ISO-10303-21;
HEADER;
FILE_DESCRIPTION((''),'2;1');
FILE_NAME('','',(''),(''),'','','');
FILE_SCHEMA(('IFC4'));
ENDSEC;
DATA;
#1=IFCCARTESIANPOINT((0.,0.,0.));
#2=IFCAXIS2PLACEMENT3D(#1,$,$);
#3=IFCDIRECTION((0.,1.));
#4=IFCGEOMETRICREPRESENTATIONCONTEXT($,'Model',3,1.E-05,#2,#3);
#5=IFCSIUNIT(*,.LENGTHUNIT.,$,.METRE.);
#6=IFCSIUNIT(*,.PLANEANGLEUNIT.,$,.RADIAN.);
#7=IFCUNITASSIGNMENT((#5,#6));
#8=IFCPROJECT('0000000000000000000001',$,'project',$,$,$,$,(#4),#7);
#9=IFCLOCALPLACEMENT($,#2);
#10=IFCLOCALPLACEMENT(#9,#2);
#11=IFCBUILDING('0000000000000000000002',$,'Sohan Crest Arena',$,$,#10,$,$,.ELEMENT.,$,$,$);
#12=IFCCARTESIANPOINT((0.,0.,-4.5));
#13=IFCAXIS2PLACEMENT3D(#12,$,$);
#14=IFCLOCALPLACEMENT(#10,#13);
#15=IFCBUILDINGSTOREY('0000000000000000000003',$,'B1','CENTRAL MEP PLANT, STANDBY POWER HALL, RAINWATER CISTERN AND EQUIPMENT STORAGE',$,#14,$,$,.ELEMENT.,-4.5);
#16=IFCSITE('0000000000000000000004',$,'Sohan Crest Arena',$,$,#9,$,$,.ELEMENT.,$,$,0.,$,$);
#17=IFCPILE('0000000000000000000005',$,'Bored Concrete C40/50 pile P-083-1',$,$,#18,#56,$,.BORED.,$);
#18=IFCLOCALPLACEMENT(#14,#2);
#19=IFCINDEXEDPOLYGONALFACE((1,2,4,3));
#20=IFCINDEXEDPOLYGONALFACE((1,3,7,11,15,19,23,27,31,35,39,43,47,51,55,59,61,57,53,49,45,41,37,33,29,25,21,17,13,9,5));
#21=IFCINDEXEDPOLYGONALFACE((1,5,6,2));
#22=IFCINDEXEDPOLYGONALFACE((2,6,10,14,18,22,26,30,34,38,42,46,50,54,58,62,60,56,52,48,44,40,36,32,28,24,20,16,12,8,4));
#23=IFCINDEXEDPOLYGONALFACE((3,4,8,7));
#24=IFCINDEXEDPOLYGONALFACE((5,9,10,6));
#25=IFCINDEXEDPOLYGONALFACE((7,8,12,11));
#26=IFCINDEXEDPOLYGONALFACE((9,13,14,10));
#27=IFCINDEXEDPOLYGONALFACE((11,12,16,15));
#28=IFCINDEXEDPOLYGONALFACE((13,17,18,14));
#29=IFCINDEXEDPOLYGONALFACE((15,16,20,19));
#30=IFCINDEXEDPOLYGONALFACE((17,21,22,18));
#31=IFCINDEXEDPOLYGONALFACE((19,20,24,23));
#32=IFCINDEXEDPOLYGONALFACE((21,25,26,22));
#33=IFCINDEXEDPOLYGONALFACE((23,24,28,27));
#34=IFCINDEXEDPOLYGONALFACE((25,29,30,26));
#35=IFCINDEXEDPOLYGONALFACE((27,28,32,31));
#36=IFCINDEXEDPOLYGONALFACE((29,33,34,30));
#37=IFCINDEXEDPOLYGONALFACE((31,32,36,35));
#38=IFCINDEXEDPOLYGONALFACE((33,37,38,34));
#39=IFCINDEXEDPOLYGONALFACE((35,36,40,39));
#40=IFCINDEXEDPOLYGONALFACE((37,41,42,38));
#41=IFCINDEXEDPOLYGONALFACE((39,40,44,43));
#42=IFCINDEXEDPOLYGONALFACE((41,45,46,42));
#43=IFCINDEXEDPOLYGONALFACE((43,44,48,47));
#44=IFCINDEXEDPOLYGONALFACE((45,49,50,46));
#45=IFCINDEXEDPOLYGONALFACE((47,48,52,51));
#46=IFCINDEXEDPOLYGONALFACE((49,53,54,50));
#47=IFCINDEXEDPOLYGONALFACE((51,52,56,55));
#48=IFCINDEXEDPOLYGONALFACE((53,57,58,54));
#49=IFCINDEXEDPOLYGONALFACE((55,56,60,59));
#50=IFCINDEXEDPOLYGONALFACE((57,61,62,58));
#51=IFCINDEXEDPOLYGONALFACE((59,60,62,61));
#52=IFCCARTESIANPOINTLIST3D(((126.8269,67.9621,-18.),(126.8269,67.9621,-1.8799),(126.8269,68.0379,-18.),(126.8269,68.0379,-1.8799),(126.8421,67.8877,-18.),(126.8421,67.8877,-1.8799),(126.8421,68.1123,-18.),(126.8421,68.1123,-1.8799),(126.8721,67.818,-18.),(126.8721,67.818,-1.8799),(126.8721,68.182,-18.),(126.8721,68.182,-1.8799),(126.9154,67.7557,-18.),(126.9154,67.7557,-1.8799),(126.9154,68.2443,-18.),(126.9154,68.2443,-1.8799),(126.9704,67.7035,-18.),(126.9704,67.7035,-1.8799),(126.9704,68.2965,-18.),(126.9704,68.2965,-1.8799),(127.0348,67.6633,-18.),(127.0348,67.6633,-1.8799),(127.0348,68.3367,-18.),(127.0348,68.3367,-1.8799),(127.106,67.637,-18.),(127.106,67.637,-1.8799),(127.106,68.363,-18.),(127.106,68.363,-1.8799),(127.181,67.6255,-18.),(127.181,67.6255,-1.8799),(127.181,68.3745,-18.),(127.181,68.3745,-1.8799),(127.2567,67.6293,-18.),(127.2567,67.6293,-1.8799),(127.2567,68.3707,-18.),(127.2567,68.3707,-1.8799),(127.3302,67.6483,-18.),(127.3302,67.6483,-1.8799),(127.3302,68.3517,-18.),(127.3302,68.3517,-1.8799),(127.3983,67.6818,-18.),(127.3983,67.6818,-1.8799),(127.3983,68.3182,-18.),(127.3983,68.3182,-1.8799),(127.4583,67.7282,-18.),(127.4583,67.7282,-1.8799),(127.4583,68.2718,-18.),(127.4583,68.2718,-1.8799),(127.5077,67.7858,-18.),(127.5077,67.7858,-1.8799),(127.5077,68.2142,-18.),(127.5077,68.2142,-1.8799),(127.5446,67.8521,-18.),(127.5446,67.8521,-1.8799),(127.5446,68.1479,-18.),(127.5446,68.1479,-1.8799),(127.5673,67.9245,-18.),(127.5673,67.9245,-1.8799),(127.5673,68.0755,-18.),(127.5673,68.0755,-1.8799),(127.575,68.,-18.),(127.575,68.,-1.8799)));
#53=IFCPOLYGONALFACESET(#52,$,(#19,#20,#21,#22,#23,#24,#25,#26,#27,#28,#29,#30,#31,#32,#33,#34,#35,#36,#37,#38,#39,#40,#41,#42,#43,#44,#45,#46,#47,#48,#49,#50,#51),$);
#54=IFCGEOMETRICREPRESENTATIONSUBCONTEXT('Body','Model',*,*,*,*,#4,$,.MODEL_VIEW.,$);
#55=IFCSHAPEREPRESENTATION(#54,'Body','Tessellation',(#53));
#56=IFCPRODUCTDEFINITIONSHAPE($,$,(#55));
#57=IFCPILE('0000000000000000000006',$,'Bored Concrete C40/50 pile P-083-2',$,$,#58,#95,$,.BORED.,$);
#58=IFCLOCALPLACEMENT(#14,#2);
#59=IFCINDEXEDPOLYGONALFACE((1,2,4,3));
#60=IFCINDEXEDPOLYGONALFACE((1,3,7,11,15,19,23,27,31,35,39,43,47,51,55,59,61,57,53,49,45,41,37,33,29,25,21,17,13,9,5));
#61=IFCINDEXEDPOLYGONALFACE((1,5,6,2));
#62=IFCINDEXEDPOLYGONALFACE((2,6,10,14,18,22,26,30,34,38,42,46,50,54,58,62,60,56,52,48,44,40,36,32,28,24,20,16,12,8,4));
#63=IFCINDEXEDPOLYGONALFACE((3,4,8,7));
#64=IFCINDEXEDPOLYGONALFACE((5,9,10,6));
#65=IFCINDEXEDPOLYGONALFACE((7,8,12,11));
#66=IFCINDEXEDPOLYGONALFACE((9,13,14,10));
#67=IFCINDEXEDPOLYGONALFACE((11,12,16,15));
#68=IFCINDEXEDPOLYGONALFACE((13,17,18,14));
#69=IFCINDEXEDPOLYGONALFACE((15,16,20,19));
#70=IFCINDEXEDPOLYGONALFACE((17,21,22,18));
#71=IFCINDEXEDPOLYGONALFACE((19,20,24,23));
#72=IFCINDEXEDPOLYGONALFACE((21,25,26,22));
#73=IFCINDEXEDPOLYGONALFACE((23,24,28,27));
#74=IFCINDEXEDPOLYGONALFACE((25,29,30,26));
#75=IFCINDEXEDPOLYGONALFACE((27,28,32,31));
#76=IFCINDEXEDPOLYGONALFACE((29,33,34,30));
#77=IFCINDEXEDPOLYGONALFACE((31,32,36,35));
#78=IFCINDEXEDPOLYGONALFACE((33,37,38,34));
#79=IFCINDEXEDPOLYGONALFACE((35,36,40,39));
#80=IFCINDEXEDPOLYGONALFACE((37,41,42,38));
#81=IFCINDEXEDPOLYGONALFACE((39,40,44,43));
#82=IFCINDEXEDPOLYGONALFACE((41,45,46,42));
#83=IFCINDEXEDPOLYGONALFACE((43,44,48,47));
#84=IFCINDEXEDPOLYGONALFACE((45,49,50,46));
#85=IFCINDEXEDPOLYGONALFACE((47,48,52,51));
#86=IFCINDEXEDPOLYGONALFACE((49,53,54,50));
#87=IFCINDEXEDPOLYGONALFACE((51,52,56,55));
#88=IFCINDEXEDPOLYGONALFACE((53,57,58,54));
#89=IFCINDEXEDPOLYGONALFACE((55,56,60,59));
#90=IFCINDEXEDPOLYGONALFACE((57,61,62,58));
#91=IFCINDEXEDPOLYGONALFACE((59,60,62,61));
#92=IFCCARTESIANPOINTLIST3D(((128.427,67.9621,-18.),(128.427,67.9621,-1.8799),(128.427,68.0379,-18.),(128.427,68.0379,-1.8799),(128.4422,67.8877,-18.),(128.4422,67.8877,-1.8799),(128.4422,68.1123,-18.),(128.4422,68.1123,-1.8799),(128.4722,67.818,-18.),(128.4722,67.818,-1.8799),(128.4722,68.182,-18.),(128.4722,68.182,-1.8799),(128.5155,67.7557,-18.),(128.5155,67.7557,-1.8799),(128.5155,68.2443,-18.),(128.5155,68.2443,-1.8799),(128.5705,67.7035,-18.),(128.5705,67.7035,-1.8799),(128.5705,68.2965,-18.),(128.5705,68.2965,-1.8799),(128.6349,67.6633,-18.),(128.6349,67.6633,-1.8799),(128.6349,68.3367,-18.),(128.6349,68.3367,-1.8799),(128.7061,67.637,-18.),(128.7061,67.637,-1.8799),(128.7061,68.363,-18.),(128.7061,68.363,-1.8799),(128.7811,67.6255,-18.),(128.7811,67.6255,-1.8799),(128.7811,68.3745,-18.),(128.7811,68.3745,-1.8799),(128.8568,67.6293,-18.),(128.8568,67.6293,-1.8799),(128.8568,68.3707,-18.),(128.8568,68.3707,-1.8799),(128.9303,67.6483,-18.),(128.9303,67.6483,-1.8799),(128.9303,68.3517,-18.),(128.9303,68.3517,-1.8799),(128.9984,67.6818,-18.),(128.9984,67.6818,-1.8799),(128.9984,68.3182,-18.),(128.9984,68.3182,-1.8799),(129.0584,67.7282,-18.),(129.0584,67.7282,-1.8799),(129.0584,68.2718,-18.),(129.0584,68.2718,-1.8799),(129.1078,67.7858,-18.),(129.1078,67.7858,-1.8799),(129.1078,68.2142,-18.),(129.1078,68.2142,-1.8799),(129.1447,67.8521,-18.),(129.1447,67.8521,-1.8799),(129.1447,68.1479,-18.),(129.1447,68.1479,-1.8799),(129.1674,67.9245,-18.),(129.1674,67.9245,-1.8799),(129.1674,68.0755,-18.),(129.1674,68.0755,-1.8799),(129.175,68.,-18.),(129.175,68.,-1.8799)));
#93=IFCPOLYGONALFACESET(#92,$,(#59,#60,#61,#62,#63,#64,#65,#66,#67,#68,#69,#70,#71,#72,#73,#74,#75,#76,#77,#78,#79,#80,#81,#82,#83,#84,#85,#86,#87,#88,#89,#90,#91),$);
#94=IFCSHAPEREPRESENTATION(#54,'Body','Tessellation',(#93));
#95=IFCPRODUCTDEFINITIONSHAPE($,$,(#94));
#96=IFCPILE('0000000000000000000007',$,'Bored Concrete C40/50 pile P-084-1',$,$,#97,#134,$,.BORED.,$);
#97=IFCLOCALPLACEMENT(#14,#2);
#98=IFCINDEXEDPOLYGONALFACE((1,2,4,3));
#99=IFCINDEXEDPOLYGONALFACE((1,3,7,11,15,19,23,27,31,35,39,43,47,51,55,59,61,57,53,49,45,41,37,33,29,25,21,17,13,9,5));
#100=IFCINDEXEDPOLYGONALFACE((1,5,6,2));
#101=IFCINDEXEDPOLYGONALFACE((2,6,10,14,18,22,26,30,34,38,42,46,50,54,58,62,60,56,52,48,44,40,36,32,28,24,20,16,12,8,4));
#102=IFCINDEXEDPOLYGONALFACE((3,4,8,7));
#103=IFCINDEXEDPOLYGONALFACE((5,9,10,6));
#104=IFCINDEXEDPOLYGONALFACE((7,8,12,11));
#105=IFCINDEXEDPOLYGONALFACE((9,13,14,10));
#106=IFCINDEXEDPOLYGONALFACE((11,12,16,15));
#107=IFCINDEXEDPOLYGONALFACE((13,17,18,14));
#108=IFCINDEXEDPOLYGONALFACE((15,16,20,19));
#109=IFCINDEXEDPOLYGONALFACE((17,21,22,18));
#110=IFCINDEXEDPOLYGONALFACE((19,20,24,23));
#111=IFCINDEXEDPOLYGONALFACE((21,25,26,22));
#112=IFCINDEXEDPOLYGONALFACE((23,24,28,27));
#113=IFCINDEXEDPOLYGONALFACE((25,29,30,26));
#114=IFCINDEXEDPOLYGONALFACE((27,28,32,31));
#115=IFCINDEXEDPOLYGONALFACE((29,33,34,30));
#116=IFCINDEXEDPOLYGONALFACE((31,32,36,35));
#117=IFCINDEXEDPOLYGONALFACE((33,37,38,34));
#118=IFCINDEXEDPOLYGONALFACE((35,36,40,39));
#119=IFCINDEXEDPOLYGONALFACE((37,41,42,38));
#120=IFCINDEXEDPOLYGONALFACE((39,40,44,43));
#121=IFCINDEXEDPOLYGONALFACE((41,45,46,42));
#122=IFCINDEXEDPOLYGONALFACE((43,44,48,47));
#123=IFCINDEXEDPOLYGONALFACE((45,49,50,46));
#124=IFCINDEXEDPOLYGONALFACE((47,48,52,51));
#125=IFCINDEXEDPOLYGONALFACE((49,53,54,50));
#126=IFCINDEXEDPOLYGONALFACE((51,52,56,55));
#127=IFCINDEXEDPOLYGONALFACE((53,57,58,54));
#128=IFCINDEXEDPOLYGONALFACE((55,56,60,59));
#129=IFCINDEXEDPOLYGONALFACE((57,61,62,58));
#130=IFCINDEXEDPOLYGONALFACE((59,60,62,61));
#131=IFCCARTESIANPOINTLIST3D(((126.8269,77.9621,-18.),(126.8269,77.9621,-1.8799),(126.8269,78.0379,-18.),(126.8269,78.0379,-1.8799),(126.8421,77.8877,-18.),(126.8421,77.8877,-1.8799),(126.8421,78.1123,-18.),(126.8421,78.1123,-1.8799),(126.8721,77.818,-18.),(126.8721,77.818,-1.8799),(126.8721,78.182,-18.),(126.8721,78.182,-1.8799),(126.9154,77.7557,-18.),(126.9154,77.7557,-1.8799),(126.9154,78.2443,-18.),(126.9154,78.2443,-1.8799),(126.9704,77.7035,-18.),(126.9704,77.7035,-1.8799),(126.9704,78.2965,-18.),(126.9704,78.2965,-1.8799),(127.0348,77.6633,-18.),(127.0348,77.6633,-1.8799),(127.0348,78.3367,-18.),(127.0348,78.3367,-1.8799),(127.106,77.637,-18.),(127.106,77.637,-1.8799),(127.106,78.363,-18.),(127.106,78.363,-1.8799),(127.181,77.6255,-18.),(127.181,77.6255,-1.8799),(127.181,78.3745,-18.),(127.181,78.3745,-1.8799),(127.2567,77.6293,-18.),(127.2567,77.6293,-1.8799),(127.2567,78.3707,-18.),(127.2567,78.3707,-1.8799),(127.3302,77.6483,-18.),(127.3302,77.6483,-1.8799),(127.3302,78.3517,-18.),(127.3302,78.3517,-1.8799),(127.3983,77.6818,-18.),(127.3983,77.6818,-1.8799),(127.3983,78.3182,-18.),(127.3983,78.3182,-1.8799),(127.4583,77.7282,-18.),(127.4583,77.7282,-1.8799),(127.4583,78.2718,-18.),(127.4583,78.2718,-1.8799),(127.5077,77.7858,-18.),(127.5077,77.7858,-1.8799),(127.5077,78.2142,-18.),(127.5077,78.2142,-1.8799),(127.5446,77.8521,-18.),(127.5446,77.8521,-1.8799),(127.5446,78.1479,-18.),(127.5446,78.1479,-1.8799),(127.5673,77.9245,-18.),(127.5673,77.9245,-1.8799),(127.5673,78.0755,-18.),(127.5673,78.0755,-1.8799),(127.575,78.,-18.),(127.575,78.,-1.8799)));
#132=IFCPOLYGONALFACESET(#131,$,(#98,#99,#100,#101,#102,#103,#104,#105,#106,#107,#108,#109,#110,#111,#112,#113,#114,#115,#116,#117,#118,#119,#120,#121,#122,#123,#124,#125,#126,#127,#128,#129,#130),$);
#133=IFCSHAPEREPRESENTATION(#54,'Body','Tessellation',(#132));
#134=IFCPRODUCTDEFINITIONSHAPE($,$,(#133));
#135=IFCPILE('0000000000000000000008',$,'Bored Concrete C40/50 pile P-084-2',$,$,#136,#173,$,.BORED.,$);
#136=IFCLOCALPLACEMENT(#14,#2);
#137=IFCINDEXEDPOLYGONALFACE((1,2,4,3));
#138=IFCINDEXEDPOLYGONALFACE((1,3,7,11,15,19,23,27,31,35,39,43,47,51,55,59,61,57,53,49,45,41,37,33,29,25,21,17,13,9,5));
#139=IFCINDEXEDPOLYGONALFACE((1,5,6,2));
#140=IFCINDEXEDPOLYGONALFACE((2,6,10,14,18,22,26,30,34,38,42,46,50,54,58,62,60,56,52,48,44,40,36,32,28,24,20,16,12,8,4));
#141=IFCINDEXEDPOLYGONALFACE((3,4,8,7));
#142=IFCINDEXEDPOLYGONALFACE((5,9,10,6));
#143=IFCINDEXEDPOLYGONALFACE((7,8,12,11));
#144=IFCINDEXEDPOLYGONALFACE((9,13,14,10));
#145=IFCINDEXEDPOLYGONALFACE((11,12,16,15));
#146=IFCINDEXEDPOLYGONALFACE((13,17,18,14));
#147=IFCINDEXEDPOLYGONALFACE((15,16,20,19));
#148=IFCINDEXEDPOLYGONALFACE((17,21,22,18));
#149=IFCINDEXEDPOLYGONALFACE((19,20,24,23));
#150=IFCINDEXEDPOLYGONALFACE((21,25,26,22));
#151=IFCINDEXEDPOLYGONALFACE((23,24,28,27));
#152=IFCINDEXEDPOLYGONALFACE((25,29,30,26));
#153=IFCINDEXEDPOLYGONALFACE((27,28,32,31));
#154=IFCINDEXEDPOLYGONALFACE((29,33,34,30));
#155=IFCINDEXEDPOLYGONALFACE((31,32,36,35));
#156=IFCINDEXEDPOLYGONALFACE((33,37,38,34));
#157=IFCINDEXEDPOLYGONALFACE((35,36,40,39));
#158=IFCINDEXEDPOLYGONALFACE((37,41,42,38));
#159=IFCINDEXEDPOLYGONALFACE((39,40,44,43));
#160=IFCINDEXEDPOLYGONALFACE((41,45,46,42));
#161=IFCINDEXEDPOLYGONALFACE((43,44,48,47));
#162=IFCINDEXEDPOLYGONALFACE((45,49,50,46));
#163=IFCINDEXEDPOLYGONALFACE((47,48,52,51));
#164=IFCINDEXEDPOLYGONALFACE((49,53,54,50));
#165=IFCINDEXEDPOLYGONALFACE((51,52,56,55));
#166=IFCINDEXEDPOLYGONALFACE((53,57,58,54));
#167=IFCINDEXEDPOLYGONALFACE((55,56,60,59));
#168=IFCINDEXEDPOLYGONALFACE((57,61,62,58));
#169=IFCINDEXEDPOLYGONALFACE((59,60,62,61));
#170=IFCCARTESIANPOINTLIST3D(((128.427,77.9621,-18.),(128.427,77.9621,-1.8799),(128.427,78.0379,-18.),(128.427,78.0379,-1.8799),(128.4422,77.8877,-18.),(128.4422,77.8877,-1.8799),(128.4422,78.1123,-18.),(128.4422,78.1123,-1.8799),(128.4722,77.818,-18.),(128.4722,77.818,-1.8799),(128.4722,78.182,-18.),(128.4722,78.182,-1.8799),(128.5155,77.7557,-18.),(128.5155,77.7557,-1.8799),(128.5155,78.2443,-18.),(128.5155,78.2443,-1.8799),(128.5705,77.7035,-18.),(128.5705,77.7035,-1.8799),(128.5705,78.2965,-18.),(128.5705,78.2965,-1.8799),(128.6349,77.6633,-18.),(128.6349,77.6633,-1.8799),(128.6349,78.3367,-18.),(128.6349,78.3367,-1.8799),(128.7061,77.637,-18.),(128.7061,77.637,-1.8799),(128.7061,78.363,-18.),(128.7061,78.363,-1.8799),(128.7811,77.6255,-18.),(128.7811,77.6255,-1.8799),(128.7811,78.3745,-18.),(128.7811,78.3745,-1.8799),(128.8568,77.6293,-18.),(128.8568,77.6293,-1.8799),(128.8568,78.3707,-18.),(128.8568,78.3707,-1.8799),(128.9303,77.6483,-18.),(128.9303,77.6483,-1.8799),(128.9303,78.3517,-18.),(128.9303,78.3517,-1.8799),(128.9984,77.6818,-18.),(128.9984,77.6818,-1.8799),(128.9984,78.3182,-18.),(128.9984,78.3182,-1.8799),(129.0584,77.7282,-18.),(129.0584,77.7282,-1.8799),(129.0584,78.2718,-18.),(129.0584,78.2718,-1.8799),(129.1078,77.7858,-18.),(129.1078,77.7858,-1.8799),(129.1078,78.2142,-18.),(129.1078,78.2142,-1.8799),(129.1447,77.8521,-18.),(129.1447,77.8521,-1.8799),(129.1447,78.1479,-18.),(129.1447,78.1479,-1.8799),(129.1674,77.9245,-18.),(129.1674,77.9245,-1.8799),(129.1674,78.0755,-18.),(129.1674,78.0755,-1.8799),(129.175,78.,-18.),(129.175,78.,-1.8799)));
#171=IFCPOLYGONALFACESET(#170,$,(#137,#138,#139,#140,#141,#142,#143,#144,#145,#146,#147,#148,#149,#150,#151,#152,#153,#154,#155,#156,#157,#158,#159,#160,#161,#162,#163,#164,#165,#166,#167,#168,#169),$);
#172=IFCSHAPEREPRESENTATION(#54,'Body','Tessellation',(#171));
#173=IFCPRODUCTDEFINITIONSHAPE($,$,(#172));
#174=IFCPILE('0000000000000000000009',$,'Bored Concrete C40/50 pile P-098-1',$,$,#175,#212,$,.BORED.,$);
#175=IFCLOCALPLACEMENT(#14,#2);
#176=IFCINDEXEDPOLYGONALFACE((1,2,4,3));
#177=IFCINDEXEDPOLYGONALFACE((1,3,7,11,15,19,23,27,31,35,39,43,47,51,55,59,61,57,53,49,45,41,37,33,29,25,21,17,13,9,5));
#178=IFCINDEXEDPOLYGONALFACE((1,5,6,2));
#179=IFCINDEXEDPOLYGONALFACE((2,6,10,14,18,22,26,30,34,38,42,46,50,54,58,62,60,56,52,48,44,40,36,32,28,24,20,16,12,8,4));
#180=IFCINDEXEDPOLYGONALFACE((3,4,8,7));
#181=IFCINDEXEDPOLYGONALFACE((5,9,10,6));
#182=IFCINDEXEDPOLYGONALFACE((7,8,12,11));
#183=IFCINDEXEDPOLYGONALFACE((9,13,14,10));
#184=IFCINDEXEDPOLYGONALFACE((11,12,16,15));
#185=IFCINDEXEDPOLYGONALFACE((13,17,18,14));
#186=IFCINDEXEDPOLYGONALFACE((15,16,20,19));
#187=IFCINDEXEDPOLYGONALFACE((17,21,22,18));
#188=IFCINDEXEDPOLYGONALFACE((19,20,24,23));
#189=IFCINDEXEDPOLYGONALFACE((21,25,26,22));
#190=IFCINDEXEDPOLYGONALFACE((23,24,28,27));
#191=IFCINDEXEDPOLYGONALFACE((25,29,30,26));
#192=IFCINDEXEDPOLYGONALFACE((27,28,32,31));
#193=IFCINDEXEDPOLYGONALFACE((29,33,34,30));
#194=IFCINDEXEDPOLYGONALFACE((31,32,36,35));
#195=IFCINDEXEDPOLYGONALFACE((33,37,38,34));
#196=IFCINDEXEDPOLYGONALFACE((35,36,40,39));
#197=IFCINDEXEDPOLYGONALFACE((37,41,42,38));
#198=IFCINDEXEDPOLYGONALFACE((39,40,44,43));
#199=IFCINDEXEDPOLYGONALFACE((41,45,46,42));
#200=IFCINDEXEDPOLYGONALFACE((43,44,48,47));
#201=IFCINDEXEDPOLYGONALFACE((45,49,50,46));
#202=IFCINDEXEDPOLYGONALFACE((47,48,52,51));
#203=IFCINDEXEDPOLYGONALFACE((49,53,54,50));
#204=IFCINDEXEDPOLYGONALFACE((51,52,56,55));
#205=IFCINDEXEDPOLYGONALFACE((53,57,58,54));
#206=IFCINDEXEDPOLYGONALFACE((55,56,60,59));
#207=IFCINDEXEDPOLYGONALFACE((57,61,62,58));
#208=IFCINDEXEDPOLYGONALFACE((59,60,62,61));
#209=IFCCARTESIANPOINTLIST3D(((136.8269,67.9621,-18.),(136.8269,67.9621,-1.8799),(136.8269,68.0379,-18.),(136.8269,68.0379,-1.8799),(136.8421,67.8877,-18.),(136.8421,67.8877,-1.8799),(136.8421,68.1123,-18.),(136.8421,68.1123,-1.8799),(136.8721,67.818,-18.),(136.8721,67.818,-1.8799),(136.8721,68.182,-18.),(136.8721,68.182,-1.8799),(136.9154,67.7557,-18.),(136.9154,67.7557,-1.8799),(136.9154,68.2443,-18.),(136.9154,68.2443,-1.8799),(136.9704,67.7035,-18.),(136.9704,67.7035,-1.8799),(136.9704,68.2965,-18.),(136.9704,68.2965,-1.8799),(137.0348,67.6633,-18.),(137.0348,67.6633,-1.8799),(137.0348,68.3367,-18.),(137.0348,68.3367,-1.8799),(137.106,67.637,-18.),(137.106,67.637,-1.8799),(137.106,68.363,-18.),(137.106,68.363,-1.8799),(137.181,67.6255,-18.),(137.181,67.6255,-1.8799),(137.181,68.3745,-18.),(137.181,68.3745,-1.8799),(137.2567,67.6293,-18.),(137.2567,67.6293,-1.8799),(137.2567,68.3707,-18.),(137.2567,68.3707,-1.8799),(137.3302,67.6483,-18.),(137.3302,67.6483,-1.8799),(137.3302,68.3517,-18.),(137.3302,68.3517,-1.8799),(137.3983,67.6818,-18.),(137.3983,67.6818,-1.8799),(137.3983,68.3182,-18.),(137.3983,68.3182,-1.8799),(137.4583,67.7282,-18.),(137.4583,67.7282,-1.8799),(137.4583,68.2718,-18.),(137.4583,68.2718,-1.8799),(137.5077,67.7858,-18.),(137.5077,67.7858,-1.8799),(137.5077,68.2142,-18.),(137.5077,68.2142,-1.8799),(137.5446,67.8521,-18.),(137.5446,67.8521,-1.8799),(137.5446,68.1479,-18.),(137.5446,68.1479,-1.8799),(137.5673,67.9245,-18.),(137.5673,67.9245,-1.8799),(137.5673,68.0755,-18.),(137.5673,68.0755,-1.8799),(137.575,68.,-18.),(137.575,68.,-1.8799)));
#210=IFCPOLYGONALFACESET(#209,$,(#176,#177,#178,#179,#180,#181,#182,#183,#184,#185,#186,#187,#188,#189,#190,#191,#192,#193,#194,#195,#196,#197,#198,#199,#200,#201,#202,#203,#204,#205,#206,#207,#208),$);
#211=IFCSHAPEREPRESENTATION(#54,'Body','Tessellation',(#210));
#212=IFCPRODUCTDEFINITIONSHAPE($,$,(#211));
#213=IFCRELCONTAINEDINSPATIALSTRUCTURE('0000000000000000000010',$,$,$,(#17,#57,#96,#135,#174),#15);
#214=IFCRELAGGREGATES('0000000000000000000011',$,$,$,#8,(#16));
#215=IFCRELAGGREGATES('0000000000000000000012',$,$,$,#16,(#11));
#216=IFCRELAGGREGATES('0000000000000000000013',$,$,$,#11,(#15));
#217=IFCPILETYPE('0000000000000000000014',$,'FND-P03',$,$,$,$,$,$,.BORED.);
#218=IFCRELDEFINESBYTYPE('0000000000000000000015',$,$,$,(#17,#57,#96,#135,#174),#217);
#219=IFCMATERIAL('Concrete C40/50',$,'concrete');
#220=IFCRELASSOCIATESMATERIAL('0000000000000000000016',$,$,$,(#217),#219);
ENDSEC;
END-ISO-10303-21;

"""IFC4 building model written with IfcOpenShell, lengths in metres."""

from ifc_helpers import new_model, si_unit, direction, frame, origin, origin_2d, place, context, subcontext, project, spatial, circle, extrude, material, material_profile, profile_set, type_object, element, save


model = new_model("IFC4")

# Units and contexts
model_context = context("Model", 3, precision=1e-05, world=origin(), true_north=direction((0.0, 1.0)))
body_context = subcontext(model_context, "Body", "Model", "MODEL_VIEW")
ifc_project = project(units=[si_unit("LENGTHUNIT", "METRE"), si_unit("PLANEANGLEUNIT", "RADIAN")], contexts=[model_context])

# Site, building, storey
site_placement = place(None, origin())
site = spatial("IfcSite", under=ifc_project, at=site_placement, Name="Sohan Crest Arena", CompositionType="ELEMENT", RefElevation=0.0)
building_placement = place(site_placement, origin())
building = spatial("IfcBuilding", under=site, at=building_placement, Name="Sohan Crest Arena", CompositionType="ELEMENT")
storey_placement = place(building_placement, frame((0.0, 0.0, -4.5)))
storey = spatial("IfcBuildingStorey", under=building, at=storey_placement, Name="B1", Description="CENTRAL MEP PLANT, STANDBY POWER HALL, RAINWATER CISTERN AND EQUIPMENT STORAGE", CompositionType="ELEMENT", Elevation=-4.5)

# Shared definitions
ifc_material = material(Name="Concrete C40/50", Category="concrete")

# Piles
ifc_material_profile_1 = material_profile(ifc_material, circle(Radius=0.375, at=origin_2d()), Name="PILE D750")
ifc_profile_set_1 = profile_set([ifc_material_profile_1], Name="Concrete C40/50")
pile_type = type_object("IfcPileType", Name="FND-P03", PredefinedType="BORED", material=ifc_profile_set_1)
for number, where, z_axis, x_axis, name in (
    (1, (127.2, 68.0, -18.0), (0.0, 0.0, 1.0), (1.0, 0.0, 0.0), "Bored Concrete C40/50 pile P-083-1"),
    (2, (128.8, 68.0, -18.0), (0.0, 0.0, 1.0), (1.0, 0.0, 0.0), "Bored Concrete C40/50 pile P-083-2"),
    (3, (127.2, 78.0, -18.0), (0.0, 0.0, 1.0), (1.0, 0.0, 0.0), "Bored Concrete C40/50 pile P-084-1"),
    (4, (128.8, 78.0, -18.0), (0.0, 0.0, 1.0), (1.0, 0.0, 0.0), "Bored Concrete C40/50 pile P-084-2"),
    (5, (137.2, 68.0, -18.0), (0.0, 0.0, 1.0), (1.0, 0.0, 0.0), "Bored Concrete C40/50 pile P-098-1"),
):
    element("IfcPile", number, at=place(storey_placement, frame(where, z_axis=z_axis, x_axis=x_axis)), inside=storey, type_object=pile_type, Name=name, PredefinedType="BORED", context=body_context, shape_type="SweptSolid", body=[
        extrude(circle(Radius=0.375, at=origin_2d()), origin(), (0.0, 0.0, 1.0), 16.1201),
    ])

save(model, "model.ifc")
